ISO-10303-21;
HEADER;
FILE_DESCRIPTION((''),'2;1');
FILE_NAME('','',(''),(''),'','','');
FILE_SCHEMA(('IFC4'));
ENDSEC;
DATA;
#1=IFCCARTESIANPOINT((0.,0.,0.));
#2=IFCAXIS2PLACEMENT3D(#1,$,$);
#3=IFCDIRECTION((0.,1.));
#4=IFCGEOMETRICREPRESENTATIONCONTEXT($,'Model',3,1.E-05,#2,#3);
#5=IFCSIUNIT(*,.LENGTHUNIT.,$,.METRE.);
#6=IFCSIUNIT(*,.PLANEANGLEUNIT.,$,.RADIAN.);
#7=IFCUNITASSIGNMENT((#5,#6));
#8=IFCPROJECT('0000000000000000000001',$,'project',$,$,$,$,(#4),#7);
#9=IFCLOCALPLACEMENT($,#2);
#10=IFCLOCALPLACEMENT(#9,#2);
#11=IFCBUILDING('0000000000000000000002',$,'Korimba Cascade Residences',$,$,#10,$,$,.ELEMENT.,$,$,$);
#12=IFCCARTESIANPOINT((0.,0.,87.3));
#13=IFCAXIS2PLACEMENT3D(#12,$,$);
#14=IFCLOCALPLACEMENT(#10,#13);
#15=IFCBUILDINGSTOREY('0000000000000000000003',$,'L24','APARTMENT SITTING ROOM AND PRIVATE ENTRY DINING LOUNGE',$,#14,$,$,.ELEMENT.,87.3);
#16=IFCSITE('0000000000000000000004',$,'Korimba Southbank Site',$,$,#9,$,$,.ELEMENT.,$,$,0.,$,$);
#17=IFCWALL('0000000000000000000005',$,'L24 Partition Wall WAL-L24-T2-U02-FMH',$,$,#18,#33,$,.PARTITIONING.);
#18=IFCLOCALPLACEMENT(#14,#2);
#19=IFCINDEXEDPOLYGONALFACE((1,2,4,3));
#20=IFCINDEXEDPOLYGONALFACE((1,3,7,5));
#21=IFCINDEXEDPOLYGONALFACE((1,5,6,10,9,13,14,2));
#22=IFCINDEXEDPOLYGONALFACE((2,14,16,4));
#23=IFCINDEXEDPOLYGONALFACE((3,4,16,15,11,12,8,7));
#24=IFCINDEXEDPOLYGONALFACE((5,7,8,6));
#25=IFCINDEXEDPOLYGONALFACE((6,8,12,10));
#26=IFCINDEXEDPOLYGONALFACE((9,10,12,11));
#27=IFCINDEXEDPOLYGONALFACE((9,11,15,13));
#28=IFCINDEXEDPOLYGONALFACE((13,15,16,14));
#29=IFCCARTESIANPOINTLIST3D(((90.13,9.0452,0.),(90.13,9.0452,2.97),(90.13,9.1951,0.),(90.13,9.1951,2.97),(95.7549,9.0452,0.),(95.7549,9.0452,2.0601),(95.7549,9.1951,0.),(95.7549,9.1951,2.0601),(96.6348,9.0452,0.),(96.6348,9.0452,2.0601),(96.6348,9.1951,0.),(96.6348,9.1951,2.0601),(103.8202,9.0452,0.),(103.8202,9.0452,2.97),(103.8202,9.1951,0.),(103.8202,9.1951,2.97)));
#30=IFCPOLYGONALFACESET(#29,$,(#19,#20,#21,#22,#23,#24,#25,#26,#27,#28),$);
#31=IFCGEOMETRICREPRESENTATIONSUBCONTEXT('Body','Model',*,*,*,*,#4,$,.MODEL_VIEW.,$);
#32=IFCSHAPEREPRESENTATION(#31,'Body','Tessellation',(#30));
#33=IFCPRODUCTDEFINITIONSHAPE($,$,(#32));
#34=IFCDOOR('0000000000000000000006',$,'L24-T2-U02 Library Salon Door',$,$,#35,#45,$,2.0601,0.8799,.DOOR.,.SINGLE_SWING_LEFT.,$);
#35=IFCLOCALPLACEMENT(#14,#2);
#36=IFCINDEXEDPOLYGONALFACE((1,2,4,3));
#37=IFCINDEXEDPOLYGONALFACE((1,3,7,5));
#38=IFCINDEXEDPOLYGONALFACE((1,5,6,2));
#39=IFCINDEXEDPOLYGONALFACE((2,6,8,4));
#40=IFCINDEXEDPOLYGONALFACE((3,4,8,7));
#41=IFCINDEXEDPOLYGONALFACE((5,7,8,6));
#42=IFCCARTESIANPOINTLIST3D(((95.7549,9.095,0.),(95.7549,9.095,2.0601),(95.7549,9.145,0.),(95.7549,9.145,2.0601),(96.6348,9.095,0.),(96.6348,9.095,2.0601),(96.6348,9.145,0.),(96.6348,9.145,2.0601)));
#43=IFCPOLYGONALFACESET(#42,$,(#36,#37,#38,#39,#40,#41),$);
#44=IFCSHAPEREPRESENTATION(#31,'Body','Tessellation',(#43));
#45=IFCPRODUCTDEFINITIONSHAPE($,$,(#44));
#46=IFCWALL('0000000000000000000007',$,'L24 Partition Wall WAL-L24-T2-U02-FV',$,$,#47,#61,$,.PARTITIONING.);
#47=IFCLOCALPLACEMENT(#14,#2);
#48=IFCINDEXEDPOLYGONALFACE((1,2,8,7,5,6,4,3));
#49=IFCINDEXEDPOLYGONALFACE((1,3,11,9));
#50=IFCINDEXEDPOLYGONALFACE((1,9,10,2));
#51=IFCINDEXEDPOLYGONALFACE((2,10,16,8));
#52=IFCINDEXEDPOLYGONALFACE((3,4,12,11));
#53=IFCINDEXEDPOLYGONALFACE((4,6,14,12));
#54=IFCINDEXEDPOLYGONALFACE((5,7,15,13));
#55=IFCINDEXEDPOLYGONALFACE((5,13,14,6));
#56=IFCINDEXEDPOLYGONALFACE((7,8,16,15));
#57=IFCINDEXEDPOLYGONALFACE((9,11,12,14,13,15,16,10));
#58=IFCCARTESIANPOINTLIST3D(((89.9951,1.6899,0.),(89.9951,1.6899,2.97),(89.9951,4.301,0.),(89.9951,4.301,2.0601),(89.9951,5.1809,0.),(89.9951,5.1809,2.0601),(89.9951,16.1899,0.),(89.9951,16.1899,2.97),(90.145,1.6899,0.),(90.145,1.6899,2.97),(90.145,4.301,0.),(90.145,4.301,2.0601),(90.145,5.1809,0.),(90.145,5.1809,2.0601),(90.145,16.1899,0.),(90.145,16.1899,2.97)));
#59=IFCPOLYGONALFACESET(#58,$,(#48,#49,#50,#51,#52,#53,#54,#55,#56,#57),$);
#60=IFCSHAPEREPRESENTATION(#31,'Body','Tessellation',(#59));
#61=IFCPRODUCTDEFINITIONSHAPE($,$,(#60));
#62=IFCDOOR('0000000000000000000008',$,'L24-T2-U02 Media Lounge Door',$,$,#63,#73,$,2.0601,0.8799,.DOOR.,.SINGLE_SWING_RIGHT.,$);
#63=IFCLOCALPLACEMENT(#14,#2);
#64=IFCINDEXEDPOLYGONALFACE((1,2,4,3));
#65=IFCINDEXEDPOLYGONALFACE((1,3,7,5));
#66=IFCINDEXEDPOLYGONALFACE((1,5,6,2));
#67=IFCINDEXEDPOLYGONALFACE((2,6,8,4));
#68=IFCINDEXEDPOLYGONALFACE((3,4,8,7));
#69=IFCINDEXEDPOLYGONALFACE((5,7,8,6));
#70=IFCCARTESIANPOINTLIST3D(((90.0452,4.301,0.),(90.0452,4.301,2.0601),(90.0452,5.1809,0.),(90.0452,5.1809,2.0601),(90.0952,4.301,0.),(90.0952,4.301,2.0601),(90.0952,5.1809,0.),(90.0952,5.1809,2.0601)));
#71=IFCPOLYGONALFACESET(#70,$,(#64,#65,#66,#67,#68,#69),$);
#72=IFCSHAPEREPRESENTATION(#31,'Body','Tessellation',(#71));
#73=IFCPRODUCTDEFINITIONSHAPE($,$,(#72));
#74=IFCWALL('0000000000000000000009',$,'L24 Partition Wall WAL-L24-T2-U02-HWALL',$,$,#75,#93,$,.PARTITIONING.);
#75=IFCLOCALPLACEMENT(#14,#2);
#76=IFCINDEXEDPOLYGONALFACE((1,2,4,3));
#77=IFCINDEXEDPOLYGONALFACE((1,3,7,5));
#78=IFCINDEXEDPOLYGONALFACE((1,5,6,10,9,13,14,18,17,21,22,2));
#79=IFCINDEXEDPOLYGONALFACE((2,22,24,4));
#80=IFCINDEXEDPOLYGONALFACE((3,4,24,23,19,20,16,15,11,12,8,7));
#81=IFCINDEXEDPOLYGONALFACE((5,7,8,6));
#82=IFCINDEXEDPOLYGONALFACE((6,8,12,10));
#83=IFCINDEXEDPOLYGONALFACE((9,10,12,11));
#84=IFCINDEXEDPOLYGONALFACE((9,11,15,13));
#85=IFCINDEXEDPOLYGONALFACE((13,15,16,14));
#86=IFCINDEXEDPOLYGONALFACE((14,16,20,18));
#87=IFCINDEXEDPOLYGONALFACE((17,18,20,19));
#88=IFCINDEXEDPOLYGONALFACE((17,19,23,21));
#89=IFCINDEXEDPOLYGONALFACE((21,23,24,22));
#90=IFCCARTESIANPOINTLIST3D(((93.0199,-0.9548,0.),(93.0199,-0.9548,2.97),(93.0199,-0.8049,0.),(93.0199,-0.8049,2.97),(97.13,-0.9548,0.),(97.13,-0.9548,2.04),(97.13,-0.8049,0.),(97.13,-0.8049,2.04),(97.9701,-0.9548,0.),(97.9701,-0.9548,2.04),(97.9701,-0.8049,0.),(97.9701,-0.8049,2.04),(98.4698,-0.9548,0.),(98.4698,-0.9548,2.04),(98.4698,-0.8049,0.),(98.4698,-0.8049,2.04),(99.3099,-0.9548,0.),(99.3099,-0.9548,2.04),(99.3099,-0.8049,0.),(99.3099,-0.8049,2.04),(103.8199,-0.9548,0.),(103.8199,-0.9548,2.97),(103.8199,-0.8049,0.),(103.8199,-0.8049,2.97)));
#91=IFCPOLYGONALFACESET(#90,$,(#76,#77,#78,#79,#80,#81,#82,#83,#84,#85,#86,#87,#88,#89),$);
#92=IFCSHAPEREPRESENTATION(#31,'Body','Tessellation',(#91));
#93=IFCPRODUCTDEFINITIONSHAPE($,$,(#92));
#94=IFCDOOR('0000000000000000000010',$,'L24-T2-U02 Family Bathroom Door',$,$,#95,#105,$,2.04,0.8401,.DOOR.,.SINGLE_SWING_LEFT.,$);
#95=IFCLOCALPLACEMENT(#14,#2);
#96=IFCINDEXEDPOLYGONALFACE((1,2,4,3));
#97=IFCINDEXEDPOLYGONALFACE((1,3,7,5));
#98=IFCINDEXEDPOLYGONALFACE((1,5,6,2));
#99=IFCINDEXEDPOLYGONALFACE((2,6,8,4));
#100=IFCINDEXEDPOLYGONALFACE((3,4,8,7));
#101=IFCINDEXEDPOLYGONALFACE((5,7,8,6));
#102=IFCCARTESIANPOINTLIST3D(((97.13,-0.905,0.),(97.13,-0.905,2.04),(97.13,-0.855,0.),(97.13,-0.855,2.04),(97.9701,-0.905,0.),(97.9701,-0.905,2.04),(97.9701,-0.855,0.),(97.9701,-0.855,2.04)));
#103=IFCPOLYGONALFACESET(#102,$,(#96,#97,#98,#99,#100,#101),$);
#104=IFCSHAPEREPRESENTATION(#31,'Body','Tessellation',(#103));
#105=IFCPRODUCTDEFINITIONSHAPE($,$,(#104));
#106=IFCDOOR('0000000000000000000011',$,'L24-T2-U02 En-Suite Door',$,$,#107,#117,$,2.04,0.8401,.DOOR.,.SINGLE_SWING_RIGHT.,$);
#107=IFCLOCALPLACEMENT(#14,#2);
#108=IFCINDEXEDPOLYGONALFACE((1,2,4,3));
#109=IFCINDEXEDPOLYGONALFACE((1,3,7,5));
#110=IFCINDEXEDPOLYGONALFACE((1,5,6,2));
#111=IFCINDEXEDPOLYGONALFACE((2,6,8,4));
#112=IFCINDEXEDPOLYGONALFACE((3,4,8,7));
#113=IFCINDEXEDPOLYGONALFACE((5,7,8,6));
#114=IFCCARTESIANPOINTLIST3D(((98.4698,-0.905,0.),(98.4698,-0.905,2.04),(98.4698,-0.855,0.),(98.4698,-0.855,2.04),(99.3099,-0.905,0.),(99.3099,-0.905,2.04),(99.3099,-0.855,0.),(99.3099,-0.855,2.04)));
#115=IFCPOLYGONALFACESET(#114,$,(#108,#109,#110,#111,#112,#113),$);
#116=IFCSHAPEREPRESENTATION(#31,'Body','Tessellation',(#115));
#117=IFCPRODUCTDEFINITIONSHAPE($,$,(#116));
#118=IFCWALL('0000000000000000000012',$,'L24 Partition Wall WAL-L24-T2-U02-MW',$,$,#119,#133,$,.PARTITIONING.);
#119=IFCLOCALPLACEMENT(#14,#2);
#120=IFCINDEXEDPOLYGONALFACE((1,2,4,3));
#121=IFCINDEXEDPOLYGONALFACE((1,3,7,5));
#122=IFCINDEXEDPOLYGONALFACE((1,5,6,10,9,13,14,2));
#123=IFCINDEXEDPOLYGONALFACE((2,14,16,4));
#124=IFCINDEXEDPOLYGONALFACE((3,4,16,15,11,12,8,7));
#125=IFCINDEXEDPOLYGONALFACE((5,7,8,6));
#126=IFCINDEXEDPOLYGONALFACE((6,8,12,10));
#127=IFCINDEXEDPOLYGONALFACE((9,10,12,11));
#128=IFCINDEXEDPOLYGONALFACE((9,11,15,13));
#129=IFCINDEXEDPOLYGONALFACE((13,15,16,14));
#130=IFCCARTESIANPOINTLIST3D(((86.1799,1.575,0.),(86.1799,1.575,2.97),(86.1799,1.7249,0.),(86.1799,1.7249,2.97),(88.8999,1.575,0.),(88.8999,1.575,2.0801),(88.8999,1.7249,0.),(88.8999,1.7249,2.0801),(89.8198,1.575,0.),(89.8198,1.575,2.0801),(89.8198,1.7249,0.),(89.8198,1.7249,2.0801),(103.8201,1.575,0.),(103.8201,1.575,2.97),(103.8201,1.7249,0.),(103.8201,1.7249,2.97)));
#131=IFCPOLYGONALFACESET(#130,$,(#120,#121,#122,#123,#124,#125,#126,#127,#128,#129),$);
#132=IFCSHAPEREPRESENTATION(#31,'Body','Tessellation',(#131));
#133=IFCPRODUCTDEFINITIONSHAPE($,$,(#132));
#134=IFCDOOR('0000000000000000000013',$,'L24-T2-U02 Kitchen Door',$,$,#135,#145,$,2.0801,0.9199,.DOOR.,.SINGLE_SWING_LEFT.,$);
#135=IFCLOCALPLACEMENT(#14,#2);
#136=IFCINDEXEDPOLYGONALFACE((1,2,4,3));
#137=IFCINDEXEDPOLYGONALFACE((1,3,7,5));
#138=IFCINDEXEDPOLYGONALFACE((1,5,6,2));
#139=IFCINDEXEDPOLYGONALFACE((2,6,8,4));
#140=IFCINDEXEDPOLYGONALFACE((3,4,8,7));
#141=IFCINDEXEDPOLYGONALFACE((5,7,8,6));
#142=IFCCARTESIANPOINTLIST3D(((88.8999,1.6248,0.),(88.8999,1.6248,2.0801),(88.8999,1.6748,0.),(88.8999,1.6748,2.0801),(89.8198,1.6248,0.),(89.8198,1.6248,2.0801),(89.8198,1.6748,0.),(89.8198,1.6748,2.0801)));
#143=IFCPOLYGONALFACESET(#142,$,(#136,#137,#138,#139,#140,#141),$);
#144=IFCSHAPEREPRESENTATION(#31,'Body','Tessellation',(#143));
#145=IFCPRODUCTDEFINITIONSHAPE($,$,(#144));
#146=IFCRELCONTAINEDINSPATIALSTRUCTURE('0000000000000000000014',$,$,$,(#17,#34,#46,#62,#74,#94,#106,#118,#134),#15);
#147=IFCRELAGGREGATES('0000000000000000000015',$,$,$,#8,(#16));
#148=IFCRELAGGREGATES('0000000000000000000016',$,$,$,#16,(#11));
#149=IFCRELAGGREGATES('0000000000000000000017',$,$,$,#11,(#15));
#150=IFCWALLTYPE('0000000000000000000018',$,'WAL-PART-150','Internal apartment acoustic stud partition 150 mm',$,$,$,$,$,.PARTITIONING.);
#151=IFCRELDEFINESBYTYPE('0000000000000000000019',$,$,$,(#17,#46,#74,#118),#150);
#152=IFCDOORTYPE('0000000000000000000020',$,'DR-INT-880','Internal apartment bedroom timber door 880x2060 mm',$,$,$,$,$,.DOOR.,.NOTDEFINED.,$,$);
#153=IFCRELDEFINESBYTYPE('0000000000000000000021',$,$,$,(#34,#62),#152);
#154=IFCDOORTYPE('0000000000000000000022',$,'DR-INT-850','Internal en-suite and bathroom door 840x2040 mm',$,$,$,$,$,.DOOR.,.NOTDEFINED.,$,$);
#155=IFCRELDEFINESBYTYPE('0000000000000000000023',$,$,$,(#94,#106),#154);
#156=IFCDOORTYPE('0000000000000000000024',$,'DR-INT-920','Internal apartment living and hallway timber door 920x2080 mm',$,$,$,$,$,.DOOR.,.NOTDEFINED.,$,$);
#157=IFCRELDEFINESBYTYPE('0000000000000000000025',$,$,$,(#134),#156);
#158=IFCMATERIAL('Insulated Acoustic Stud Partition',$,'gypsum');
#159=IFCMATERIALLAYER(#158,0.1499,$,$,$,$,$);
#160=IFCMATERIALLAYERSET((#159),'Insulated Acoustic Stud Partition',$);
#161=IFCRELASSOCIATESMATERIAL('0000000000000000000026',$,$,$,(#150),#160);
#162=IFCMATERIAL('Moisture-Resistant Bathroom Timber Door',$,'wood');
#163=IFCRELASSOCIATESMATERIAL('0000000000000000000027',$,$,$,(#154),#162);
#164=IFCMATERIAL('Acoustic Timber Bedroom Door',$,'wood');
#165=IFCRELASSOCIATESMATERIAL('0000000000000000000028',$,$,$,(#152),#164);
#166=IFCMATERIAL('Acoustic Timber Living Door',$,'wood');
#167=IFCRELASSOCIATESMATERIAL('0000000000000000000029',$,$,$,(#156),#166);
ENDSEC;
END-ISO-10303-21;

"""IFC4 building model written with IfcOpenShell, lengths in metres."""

from ifc_helpers import new_model, si_unit, direction, frame, frame_2d, origin, place, context, subcontext, project, spatial, rectangle, extrude, material, layer, layer_set, type_object, element, fill, save


model = new_model("IFC4")

# Units and contexts
model_context = context("Model", 3, precision=1e-05, world=origin(), true_north=direction((0.0, 1.0)))
body_context = subcontext(model_context, "Body", "Model", "MODEL_VIEW")
ifc_project = project(units=[si_unit("LENGTHUNIT", "METRE"), si_unit("PLANEANGLEUNIT", "RADIAN")], contexts=[model_context])

# Site, building, storey
site_placement = place(None, origin())
site = spatial("IfcSite", under=ifc_project, at=site_placement, Name="Korimba Southbank Site", CompositionType="ELEMENT", RefElevation=0.0)
building_placement = place(site_placement, origin())
building = spatial("IfcBuilding", under=site, at=building_placement, Name="Korimba Cascade Residences", CompositionType="ELEMENT")
storey_placement = place(building_placement, frame((0.0, 0.0, 87.3)))
storey = spatial("IfcBuildingStorey", under=building, at=storey_placement, Name="L24", Description="APARTMENT SITTING ROOM AND PRIVATE ENTRY DINING LOUNGE", CompositionType="ELEMENT", Elevation=87.3)

# Walls, openings, doors
ifc_material_1 = material(Name="Insulated Acoustic Stud Partition", Category="gypsum")
ifc_layer_1 = layer(ifc_material_1, 0.1499)
ifc_layer_set_1 = layer_set([ifc_layer_1], Name="Insulated Acoustic Stud Partition")
wall_type_1 = type_object("IfcWallType", Name="WAL-PART-150", Description="Internal apartment acoustic stud partition 150 mm", PredefinedType="PARTITIONING", material=ifc_layer_set_1)
ifc_material_2 = material(Name="Moisture-Resistant Bathroom Timber Door", Category="wood")
door_type_1 = type_object("IfcDoorType", Name="DR-INT-850", Description="Internal en-suite and bathroom door 840x2040 mm", OperationType="NOTDEFINED", PredefinedType="DOOR", material=ifc_material_2)
wall_1_placement = place(storey_placement, frame((90.1299, 9.1201, 0.0), z_axis=(0.0, 0.0, 1.0), x_axis=(1.0, 0.0, 0.0)))
wall_1 = element("IfcWall", 1, at=wall_1_placement, inside=storey, type_object=wall_type_1, Name="L24 Partition Wall WAL-L24-T2-U02-FMH", PredefinedType="PARTITIONING", context=body_context, shape_type="SweptSolid", body=[
    extrude(rectangle(XDim=13.6902, YDim=0.1499, at=frame_2d((6.8452, 0.0))), origin(), (0.0, 0.0, 1.0), 2.97),
])
opening_1_placement = place(wall_1_placement, frame((5.625, 0.0, 0.0)))
opening_1 = element("IfcOpeningElement", 2, at=opening_1_placement, cuts=wall_1, PredefinedType="OPENING", context=body_context, shape_type="SweptSolid", body=[
    extrude(rectangle(XDim=0.8799, YDim=2.0601, at=frame_2d((0.4399, 1.03))), frame((0.0, 0.085, 0.0), z_axis=(0.0, -1.0, 0.0), x_axis=(1.0, 0.0, 0.0)), (0.0, 0.0, 1.0), 0.1699),
])
ifc_material_3 = material(Name="Acoustic Timber Bedroom Door", Category="wood")
door_type_2 = type_object("IfcDoorType", Name="DR-INT-880", Description="Internal apartment bedroom timber door 880x2060 mm", OperationType="NOTDEFINED", PredefinedType="DOOR", material=ifc_material_3)
door_1_placement = place(opening_1_placement, origin())
door_1 = element("IfcDoor", 3, at=door_1_placement, inside=storey, type_object=door_type_2, Name="L24-T2-U02 Library Salon Door", OperationType="SINGLE_SWING_LEFT", OverallHeight=2.0601, OverallWidth=0.8799, PredefinedType="DOOR", context=body_context, shape_type="SweptSolid", body=[
    extrude(rectangle(XDim=0.8799, YDim=2.0601, at=frame_2d((0.4399, 1.03))), frame((0.0, 0.0249, 0.0), z_axis=(0.0, -1.0, 0.0), x_axis=(1.0, 0.0, 0.0)), (0.0, 0.0, 1.0), 0.05),
])
fill(opening_1, door_1)
wall_2_placement = place(storey_placement, frame((90.0701, 1.6899, 0.0), z_axis=(0.0, 0.0, 1.0), x_axis=(0.0, 1.0, 0.0)))
wall_2 = element("IfcWall", 4, at=wall_2_placement, inside=storey, type_object=wall_type_1, Name="L24 Partition Wall WAL-L24-T2-U02-FV", PredefinedType="PARTITIONING", context=body_context, shape_type="SweptSolid", body=[
    extrude(rectangle(XDim=14.5, YDim=0.1499, at=frame_2d((7.25, 0.0))), origin(), (0.0, 0.0, 1.0), 2.97),
])
opening_2_placement = place(wall_2_placement, frame((2.6111, 0.0, 0.0)))
opening_2 = element("IfcOpeningElement", 5, at=opening_2_placement, cuts=wall_2, PredefinedType="OPENING", context=body_context, shape_type="SweptSolid", body=[
    extrude(rectangle(XDim=0.8799, YDim=2.0601, at=frame_2d((0.4399, 1.03))), frame((0.0, 0.085, 0.0), z_axis=(0.0, -1.0, 0.0), x_axis=(1.0, 0.0, 0.0)), (0.0, 0.0, 1.0), 0.1699),
])
door_2_placement = place(opening_2_placement, origin())
door_2 = element("IfcDoor", 6, at=door_2_placement, inside=storey, type_object=door_type_2, Name="L24-T2-U02 Media Lounge Door", OperationType="SINGLE_SWING_RIGHT", OverallHeight=2.0601, OverallWidth=0.8799, PredefinedType="DOOR", context=body_context, shape_type="SweptSolid", body=[
    extrude(rectangle(XDim=0.8799, YDim=2.0601, at=frame_2d((0.4399, 1.03))), frame((0.0, 0.0249, 0.0), z_axis=(0.0, -1.0, 0.0), x_axis=(1.0, 0.0, 0.0)), (0.0, 0.0, 1.0), 0.05),
])
fill(opening_2, door_2)

# Wall, openings, doors
wall_3_placement = place(storey_placement, frame((93.02, -0.8799, 0.0), z_axis=(0.0, 0.0, 1.0), x_axis=(1.0, 0.0, 0.0)))
wall_3 = element("IfcWall", 7, at=wall_3_placement, inside=storey, type_object=wall_type_1, Name="L24 Partition Wall WAL-L24-T2-U02-HWALL", PredefinedType="PARTITIONING", context=body_context, shape_type="SweptSolid", body=[
    extrude(rectangle(XDim=10.8, YDim=0.1499, at=frame_2d((5.3999, 0.0))), origin(), (0.0, 0.0, 1.0), 2.97),
])
opening_3_placement = place(wall_3_placement, frame((4.1101, 0.0, 0.0)))
opening_3 = element("IfcOpeningElement", 8, at=opening_3_placement, cuts=wall_3, PredefinedType="OPENING", context=body_context, shape_type="SweptSolid", body=[
    extrude(rectangle(XDim=0.8401, YDim=2.04, at=frame_2d((0.4199, 1.02))), frame((0.0, 0.085, 0.0), z_axis=(0.0, -1.0, 0.0), x_axis=(1.0, 0.0, 0.0)), (0.0, 0.0, 1.0), 0.1699),
])
opening_4_placement = place(wall_3_placement, frame((5.45, 0.0, 0.0)))
opening_4 = element("IfcOpeningElement", 9, at=opening_4_placement, cuts=wall_3, PredefinedType="OPENING", context=body_context, shape_type="SweptSolid", body=[
    extrude(rectangle(XDim=0.8401, YDim=2.04, at=frame_2d((0.4199, 1.02))), frame((0.0, 0.085, 0.0), z_axis=(0.0, -1.0, 0.0), x_axis=(1.0, 0.0, 0.0)), (0.0, 0.0, 1.0), 0.1699),
])
door_3_placement = place(opening_3_placement, origin())
door_3 = element("IfcDoor", 10, at=door_3_placement, inside=storey, type_object=door_type_1, Name="L24-T2-U02 Family Bathroom Door", OperationType="SINGLE_SWING_LEFT", OverallHeight=2.04, OverallWidth=0.8401, PredefinedType="DOOR", context=body_context, shape_type="SweptSolid", body=[
    extrude(rectangle(XDim=0.8401, YDim=2.04, at=frame_2d((0.4199, 1.02))), frame((0.0, 0.0249, 0.0), z_axis=(0.0, -1.0, 0.0), x_axis=(1.0, 0.0, 0.0)), (0.0, 0.0, 1.0), 0.05),
])
fill(opening_3, door_3)
door_4_placement = place(opening_4_placement, origin())
door_4 = element("IfcDoor", 11, at=door_4_placement, inside=storey, type_object=door_type_1, Name="L24-T2-U02 En-Suite Door", OperationType="SINGLE_SWING_RIGHT", OverallHeight=2.04, OverallWidth=0.8401, PredefinedType="DOOR", context=body_context, shape_type="SweptSolid", body=[
    extrude(rectangle(XDim=0.8401, YDim=2.04, at=frame_2d((0.4199, 1.02))), frame((0.0, 0.0249, 0.0), z_axis=(0.0, -1.0, 0.0), x_axis=(1.0, 0.0, 0.0)), (0.0, 0.0, 1.0), 0.05),
])
fill(opening_4, door_4)

# Wall, opening, door
wall_4_placement = place(storey_placement, frame((86.1799, 1.6499, 0.0), z_axis=(0.0, 0.0, 1.0), x_axis=(1.0, 0.0, 0.0)))
wall_4 = element("IfcWall", 12, at=wall_4_placement, inside=storey, type_object=wall_type_1, Name="L24 Partition Wall WAL-L24-T2-U02-MW", PredefinedType="PARTITIONING", context=body_context, shape_type="SweptSolid", body=[
    extrude(rectangle(XDim=17.6401, YDim=0.1499, at=frame_2d((8.8201, 0.0))), origin(), (0.0, 0.0, 1.0), 2.97),
])
opening_5_placement = place(wall_4_placement, frame((2.72, 0.0, 0.0)))
opening_5 = element("IfcOpeningElement", 13, at=opening_5_placement, cuts=wall_4, PredefinedType="OPENING", context=body_context, shape_type="SweptSolid", body=[
    extrude(rectangle(XDim=0.9199, YDim=2.0801, at=frame_2d((0.46, 1.04))), frame((0.0, 0.085, 0.0), z_axis=(0.0, -1.0, 0.0), x_axis=(1.0, 0.0, 0.0)), (0.0, 0.0, 1.0), 0.1699),
])
ifc_material_4 = material(Name="Acoustic Timber Living Door", Category="wood")
door_type_3 = type_object("IfcDoorType", Name="DR-INT-920", Description="Internal apartment living and hallway timber door 920x2080 mm", OperationType="NOTDEFINED", PredefinedType="DOOR", material=ifc_material_4)
door_5_placement = place(opening_5_placement, origin())
door_5 = element("IfcDoor", 14, at=door_5_placement, inside=storey, type_object=door_type_3, Name="L24-T2-U02 Kitchen Door", OperationType="SINGLE_SWING_LEFT", OverallHeight=2.0801, OverallWidth=0.9199, PredefinedType="DOOR", context=body_context, shape_type="SweptSolid", body=[
    extrude(rectangle(XDim=0.9199, YDim=2.0801, at=frame_2d((0.46, 1.04))), frame((0.0, 0.0249, 0.0), z_axis=(0.0, -1.0, 0.0), x_axis=(1.0, 0.0, 0.0)), (0.0, 0.0, 1.0), 0.05),
])
fill(opening_5, door_5)

save(model, "model.ifc")
